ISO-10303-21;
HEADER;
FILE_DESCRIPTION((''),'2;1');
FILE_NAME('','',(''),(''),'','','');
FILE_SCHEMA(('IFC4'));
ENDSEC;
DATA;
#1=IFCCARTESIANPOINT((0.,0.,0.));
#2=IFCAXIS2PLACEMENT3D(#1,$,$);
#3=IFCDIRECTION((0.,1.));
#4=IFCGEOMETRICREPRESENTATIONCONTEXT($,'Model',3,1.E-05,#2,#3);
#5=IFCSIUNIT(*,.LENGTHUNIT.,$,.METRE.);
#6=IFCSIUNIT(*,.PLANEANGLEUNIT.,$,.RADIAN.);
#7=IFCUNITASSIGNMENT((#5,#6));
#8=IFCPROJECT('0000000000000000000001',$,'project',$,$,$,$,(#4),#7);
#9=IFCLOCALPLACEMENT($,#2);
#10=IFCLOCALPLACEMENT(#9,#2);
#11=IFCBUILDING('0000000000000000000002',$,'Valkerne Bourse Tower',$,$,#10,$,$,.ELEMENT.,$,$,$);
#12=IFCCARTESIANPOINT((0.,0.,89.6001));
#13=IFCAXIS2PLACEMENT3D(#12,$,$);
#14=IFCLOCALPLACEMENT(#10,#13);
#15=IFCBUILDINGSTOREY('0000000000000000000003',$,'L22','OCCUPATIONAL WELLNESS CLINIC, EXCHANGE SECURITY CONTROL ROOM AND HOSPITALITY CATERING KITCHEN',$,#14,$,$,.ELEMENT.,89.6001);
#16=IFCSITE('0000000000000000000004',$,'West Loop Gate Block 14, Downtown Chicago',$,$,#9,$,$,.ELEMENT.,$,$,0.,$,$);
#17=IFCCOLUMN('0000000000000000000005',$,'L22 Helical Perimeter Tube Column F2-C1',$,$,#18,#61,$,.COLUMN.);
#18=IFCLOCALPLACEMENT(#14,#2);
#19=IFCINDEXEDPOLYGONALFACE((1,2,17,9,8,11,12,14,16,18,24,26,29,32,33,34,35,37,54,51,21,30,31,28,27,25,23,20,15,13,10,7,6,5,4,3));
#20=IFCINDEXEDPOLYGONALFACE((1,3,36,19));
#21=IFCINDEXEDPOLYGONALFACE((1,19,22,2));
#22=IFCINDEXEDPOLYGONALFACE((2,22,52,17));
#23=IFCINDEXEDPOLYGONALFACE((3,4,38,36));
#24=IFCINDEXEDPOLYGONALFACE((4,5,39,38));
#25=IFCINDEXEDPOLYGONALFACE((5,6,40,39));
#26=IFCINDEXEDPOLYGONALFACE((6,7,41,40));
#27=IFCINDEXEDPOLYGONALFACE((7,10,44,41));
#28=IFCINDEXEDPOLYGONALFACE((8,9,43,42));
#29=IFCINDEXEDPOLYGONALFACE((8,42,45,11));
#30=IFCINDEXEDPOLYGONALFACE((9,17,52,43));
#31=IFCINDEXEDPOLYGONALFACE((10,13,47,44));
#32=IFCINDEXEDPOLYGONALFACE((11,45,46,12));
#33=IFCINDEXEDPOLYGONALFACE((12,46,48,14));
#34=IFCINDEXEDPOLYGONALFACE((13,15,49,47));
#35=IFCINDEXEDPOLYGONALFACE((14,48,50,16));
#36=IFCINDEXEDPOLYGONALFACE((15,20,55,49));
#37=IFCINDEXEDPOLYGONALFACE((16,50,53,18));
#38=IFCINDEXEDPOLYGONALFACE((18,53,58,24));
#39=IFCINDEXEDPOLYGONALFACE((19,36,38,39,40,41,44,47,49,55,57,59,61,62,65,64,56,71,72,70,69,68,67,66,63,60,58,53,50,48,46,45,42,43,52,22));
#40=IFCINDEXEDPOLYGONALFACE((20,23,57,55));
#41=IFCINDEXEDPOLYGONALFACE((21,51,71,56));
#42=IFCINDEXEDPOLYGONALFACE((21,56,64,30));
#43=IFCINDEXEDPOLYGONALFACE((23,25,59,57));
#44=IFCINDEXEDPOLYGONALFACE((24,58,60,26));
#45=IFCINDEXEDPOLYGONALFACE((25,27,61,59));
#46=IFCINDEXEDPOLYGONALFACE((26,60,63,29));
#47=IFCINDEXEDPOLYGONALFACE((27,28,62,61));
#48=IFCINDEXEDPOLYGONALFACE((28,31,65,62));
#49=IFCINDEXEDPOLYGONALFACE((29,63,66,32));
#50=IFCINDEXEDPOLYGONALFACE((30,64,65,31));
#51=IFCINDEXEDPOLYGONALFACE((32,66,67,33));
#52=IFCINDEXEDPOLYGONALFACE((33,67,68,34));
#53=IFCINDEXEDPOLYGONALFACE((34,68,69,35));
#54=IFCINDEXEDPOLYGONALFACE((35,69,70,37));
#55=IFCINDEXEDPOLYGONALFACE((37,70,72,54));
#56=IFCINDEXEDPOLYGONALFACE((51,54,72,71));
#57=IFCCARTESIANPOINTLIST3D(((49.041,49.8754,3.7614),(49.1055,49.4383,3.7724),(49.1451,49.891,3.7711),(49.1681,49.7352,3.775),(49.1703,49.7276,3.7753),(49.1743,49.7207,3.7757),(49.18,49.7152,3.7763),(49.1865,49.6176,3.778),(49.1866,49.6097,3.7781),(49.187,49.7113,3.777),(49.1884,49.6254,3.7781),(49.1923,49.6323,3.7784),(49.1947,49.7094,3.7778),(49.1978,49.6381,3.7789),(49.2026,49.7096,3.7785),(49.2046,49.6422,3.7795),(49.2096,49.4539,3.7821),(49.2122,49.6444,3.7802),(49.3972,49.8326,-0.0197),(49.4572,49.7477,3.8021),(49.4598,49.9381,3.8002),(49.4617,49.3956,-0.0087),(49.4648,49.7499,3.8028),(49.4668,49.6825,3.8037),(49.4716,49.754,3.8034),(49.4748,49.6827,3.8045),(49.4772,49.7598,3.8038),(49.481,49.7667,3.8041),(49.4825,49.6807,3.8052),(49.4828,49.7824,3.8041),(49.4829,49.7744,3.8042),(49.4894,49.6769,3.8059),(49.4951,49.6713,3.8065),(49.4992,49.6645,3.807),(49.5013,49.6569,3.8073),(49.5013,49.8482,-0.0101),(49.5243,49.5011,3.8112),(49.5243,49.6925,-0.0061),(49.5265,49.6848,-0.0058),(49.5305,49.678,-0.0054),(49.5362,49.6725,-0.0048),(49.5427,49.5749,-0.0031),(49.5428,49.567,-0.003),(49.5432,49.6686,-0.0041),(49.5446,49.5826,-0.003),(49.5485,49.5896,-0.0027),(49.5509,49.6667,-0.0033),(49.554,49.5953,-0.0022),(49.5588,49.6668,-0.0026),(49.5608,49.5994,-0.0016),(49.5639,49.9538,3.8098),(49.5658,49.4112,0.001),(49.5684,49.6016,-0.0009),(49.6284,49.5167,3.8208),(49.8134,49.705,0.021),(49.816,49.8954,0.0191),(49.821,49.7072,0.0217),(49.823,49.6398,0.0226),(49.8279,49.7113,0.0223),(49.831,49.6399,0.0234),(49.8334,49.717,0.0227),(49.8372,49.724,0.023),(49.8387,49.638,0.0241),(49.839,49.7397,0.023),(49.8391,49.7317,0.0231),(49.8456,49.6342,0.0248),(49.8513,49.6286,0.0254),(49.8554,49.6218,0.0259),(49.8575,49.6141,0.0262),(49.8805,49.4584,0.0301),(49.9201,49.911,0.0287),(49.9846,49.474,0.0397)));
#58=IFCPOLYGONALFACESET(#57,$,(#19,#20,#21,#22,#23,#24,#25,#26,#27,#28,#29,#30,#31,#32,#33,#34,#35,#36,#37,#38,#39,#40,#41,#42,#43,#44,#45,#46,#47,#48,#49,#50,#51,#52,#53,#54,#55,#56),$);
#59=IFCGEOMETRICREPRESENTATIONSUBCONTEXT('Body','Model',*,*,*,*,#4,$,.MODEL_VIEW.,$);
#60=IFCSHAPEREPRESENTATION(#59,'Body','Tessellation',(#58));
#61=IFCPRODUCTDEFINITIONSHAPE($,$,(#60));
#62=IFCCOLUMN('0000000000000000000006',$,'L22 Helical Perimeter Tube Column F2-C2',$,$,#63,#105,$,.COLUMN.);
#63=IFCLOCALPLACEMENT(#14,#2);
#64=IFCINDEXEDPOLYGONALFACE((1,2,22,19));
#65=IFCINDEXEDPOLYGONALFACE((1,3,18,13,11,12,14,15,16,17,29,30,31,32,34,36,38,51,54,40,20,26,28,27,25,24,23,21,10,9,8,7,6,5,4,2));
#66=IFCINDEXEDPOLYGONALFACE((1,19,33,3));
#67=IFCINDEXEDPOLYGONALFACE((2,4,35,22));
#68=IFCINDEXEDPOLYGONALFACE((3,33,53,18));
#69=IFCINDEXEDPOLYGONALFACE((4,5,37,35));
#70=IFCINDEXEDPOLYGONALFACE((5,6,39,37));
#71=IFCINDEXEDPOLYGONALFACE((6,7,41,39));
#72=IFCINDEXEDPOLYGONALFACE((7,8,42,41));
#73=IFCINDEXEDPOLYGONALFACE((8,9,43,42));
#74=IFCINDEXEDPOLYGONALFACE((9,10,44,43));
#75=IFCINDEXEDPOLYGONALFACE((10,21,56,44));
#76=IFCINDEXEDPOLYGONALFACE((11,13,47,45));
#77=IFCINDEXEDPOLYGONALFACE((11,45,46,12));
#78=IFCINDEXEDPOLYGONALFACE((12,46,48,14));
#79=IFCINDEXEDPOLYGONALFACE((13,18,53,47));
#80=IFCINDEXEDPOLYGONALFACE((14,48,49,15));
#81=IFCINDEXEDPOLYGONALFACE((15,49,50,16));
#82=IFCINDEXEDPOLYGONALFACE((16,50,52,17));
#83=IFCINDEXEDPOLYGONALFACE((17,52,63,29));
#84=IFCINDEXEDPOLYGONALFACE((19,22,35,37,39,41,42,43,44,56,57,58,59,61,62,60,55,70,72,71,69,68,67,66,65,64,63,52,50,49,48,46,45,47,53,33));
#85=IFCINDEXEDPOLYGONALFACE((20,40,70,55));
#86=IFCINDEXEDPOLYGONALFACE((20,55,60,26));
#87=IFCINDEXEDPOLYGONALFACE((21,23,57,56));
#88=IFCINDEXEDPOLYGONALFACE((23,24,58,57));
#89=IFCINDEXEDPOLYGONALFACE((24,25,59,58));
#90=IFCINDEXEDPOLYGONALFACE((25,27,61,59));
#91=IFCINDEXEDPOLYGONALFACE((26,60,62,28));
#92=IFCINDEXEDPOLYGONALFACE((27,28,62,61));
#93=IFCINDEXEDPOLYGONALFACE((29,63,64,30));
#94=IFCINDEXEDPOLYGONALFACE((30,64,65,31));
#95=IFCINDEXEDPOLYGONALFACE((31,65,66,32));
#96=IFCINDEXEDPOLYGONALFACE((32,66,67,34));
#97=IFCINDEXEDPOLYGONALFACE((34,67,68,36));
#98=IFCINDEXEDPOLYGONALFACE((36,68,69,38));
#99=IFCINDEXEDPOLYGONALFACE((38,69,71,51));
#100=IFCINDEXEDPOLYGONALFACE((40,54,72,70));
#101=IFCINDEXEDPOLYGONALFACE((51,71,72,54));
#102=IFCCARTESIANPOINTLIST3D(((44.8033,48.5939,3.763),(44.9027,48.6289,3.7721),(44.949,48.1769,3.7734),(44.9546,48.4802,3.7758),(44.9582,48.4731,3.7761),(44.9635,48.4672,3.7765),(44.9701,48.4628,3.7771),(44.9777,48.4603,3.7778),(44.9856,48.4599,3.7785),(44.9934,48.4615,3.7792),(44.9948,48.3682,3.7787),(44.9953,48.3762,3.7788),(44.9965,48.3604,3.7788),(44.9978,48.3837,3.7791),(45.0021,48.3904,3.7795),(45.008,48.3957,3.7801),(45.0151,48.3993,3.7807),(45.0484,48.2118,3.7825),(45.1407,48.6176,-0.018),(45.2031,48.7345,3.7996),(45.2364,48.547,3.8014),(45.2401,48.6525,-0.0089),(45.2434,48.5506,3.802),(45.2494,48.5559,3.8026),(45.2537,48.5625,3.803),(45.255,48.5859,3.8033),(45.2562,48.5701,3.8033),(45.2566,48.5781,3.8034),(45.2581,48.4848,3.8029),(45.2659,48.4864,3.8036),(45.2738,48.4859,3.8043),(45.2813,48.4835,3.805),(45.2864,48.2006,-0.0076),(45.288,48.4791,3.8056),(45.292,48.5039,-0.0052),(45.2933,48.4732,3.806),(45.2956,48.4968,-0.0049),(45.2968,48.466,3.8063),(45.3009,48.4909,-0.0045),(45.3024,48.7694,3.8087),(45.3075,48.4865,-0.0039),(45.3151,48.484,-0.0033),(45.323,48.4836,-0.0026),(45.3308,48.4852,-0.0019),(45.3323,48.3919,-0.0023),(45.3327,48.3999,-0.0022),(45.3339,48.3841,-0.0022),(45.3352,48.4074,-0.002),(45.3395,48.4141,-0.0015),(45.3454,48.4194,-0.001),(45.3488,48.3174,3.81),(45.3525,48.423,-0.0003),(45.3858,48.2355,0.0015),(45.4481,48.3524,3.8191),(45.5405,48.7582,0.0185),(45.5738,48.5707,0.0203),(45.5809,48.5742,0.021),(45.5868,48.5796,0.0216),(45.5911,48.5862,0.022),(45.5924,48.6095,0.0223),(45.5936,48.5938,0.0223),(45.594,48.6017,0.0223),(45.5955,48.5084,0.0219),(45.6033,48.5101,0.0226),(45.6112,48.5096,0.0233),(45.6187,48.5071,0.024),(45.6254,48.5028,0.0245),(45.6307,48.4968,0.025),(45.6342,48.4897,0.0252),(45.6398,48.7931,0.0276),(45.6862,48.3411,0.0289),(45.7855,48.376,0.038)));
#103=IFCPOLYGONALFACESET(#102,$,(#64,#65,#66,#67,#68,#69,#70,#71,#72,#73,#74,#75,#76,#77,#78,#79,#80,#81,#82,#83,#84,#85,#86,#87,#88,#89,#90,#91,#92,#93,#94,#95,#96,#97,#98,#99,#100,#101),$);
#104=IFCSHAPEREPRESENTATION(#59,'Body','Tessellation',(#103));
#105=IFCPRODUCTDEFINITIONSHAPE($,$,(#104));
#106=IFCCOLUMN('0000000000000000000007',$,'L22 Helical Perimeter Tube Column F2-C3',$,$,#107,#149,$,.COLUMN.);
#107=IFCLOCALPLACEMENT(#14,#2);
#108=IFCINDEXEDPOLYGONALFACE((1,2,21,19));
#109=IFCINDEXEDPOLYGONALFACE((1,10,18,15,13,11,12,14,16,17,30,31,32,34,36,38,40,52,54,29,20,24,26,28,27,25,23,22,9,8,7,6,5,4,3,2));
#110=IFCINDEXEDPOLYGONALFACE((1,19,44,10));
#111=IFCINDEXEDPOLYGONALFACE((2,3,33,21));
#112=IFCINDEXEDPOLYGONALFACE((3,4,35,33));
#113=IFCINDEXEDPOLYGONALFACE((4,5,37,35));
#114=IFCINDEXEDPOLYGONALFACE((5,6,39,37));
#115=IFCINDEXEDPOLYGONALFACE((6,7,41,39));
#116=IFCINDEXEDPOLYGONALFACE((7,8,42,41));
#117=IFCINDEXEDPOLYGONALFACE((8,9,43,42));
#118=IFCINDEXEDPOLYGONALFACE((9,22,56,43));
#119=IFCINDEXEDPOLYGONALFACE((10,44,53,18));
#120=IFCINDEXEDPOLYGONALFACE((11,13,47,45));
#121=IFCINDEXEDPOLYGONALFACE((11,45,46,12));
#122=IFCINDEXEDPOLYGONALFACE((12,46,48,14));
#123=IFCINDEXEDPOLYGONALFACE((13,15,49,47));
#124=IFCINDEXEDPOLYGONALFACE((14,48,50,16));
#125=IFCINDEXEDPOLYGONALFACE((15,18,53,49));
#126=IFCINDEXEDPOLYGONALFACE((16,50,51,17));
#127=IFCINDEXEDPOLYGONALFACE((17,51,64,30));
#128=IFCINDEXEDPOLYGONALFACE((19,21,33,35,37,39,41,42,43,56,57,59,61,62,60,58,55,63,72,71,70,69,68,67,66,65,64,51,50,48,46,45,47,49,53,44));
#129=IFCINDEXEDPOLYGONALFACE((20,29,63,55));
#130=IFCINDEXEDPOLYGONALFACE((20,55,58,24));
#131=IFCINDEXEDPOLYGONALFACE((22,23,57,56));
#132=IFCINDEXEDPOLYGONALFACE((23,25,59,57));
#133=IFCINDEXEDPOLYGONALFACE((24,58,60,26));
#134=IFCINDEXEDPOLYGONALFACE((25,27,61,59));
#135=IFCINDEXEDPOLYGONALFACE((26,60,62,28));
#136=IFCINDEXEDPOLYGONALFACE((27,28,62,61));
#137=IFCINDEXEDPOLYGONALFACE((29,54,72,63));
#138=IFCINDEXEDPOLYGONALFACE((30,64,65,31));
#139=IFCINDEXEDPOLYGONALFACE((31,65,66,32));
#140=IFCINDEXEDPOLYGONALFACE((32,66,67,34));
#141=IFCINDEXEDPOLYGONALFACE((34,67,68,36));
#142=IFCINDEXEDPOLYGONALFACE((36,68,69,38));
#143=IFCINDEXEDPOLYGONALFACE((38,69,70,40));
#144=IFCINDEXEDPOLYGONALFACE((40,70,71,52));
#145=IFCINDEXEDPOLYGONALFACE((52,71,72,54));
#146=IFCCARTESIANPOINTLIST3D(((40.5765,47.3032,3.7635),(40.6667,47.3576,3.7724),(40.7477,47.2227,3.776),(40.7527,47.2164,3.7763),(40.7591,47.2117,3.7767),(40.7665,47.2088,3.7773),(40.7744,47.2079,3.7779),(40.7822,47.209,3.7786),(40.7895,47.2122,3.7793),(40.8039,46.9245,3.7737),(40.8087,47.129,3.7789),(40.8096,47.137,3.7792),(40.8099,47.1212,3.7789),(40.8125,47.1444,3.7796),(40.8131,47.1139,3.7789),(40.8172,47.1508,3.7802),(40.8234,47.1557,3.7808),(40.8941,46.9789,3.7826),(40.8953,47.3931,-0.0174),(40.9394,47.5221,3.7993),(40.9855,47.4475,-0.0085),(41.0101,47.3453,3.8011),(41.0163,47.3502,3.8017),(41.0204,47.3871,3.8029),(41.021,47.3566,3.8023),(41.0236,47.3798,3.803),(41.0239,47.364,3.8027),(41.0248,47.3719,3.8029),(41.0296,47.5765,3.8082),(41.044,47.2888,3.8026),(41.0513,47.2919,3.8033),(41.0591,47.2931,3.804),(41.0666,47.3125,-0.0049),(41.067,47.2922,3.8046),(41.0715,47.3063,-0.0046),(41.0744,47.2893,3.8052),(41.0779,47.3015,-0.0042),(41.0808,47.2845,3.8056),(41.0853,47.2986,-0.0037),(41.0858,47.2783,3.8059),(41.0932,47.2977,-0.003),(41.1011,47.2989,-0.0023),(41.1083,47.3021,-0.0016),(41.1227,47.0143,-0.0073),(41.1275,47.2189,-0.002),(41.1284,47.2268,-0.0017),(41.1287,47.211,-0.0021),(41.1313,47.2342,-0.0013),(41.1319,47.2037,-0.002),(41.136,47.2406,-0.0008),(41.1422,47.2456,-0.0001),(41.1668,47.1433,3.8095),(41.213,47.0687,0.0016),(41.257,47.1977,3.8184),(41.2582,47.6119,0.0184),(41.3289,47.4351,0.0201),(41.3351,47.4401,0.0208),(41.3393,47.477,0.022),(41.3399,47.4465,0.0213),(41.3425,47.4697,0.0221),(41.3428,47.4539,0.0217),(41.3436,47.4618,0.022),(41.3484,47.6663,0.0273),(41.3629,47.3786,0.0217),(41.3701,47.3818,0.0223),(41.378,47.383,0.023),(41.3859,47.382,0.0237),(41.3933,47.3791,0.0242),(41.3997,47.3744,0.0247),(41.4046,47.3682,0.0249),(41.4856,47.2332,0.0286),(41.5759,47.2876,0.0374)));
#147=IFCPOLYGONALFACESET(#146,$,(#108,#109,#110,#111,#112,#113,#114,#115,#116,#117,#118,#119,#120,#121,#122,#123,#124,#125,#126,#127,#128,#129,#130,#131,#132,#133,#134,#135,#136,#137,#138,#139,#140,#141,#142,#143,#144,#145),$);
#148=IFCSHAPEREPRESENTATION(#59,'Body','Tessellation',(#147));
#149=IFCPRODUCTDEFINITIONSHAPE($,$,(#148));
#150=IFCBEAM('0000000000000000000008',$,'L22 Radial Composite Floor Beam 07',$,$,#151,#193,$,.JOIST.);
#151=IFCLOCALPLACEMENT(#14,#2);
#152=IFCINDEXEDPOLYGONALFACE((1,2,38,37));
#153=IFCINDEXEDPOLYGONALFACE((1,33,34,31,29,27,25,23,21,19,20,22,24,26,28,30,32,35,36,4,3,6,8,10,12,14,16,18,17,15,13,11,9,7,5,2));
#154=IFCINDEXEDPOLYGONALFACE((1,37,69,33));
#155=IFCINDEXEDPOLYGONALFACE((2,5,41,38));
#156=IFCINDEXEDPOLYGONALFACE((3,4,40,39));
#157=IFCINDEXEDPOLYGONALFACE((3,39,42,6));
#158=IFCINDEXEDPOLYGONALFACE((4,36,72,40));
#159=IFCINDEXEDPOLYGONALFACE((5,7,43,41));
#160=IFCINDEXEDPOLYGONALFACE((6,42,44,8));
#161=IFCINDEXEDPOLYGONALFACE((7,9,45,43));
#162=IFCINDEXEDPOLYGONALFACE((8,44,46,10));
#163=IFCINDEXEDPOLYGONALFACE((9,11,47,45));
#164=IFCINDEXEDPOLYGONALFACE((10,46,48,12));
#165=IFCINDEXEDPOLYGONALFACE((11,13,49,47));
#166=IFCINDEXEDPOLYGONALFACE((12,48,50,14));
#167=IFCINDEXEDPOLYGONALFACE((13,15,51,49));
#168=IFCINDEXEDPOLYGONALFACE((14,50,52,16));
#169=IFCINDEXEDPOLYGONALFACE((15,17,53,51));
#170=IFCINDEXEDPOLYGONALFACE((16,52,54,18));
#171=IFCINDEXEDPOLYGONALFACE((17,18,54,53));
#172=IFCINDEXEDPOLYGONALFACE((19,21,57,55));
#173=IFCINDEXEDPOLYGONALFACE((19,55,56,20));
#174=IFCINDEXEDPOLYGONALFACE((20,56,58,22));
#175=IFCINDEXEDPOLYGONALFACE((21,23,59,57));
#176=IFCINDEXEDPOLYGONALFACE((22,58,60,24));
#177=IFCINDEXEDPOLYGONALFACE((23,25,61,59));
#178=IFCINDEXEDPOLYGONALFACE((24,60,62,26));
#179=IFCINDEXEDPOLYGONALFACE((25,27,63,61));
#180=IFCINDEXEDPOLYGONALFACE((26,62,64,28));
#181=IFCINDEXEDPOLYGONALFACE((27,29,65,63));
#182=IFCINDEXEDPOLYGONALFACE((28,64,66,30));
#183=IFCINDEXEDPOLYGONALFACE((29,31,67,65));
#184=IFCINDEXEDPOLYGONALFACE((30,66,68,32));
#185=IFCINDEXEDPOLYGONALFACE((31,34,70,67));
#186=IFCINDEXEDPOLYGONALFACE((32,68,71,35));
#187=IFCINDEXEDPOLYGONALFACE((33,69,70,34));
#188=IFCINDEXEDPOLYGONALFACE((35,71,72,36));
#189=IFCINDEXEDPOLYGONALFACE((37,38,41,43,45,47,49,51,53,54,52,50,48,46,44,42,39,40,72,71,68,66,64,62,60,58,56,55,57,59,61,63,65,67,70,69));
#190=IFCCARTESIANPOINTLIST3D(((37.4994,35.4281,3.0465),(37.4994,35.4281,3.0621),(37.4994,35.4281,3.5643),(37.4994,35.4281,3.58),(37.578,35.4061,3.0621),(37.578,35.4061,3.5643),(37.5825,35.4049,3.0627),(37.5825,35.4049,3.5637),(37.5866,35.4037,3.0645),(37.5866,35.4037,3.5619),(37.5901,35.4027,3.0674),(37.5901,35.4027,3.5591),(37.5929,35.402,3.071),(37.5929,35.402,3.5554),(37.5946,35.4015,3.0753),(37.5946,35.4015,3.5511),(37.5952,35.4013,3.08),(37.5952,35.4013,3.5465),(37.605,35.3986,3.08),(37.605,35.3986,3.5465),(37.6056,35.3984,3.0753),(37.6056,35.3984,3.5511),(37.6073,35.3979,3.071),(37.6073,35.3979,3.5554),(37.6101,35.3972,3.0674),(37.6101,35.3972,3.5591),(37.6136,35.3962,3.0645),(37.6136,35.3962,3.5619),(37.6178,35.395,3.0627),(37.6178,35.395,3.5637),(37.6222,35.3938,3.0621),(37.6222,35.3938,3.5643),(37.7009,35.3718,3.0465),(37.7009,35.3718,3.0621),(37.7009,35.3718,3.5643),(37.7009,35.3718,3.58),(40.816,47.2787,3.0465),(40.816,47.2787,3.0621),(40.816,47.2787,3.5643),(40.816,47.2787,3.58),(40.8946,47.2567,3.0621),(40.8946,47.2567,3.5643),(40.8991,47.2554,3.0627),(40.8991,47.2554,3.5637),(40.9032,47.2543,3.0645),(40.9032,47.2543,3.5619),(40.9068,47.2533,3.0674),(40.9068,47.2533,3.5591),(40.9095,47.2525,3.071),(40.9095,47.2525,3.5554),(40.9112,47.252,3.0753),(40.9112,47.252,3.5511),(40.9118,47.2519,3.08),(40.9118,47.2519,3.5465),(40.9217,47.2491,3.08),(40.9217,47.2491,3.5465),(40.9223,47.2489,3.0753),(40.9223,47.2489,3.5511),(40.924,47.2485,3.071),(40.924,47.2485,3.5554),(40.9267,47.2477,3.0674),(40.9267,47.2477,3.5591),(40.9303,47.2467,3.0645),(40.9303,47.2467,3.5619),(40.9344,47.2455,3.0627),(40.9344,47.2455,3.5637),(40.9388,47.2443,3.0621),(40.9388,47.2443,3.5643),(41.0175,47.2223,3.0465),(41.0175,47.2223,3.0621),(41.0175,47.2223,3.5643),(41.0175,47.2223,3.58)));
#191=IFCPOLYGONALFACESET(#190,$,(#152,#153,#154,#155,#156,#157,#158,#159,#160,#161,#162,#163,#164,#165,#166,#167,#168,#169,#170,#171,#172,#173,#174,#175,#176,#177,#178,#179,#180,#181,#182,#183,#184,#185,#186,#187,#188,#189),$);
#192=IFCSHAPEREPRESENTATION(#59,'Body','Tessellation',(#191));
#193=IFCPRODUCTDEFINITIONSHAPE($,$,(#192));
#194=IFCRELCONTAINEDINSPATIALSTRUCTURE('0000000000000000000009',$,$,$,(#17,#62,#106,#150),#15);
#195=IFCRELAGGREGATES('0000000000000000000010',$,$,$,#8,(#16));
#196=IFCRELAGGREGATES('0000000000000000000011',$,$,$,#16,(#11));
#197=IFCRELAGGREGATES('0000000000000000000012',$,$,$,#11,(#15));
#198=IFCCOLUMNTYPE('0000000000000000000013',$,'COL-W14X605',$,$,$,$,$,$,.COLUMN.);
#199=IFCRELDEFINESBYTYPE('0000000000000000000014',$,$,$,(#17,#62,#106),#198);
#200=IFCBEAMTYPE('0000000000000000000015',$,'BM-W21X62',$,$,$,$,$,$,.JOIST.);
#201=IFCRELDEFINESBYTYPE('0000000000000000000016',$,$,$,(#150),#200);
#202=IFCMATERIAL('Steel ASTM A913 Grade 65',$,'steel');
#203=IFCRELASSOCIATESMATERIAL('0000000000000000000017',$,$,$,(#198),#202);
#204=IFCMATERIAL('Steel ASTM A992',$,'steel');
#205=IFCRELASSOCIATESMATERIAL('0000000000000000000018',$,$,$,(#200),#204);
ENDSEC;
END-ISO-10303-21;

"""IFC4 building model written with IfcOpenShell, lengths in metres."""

from ifc_helpers import new_model, si_unit, direction, frame, origin, origin_2d, place, context, subcontext, project, spatial, i_section, extrude, material, material_profile, profile_set, type_object, element, save


model = new_model("IFC4")

# Units and contexts
model_context = context("Model", 3, precision=1e-05, world=origin(), true_north=direction((0.0, 1.0)))
body_context = subcontext(model_context, "Body", "Model", "MODEL_VIEW")
ifc_project = project(units=[si_unit("LENGTHUNIT", "METRE"), si_unit("PLANEANGLEUNIT", "RADIAN")], contexts=[model_context])

# Site, building, storey
site_placement = place(None, origin())
site = spatial("IfcSite", under=ifc_project, at=site_placement, Name="West Loop Gate Block 14, Downtown Chicago", CompositionType="ELEMENT", RefElevation=0.0)
building_placement = place(site_placement, origin())
building = spatial("IfcBuilding", under=site, at=building_placement, Name="Valkerne Bourse Tower", CompositionType="ELEMENT")
storey_placement = place(building_placement, frame((0.0, 0.0, 89.6001)))
storey = spatial("IfcBuildingStorey", under=building, at=storey_placement, Name="L22", Description="OCCUPATIONAL WELLNESS CLINIC, EXCHANGE SECURITY CONTROL ROOM AND HOSPITALITY CATERING KITCHEN", CompositionType="ELEMENT", Elevation=89.6001)

# Columns
ifc_material_1 = material(Name="Steel ASTM A913 Grade 65", Category="steel")
ifc_material_profile_1 = material_profile(ifc_material_1, i_section(OverallWidth=0.4419, OverallDepth=0.531, WebThickness=0.0659, FlangeThickness=0.1057, FilletRadius=0.0305, at=origin_2d()), Name="W14X605")
ifc_profile_set_1 = profile_set([ifc_material_profile_1], Name="Steel ASTM A913 Grade 65")
column_type = type_object("IfcColumnType", Name="COL-W14X605", PredefinedType="COLUMN", material=ifc_profile_set_1)
column_1_placement = place(storey_placement, frame((49.6909, 49.6533, 0.01), z_axis=(-0.093787, 0.011249, 0.995529), x_axis=(-0.145953, 0.988977, -0.024925)))
element("IfcColumn", 1, at=column_1_placement, inside=storey, type_object=column_type, Name="L22 Helical Perimeter Tube Column F2-C1", PredefinedType="COLUMN", context=body_context, shape_type="SweptSolid", body=[
    extrude(i_section(OverallWidth=0.4419, OverallDepth=0.531, WebThickness=0.0659, FlangeThickness=0.1057, FilletRadius=0.0305, at=origin_2d()), origin(), (0.0, 0.0, 1.0), 3.7981),
])
column_2_placement = place(storey_placement, frame((45.4631, 48.4968, 0.01), z_axis=(-0.088881, -0.006238, 0.996023), x_axis=(-0.329713, 0.943788, -0.023511)))
element("IfcColumn", 2, at=column_2_placement, inside=storey, type_object=column_type, Name="L22 Helical Perimeter Tube Column F2-C2", PredefinedType="COLUMN", context=body_context, shape_type="SweptSolid", body=[
    extrude(i_section(OverallWidth=0.4419, OverallDepth=0.531, WebThickness=0.0659, FlangeThickness=0.1057, FilletRadius=0.0305, at=origin_2d()), origin(), (0.0, 0.0, 1.0), 3.7961),
])
column_3_placement = place(storey_placement, frame((41.2356, 47.3403, 0.01), z_axis=(-0.084007, -0.023671, 0.996184), x_axis=(-0.514616, 0.857111, -0.02303)))
element("IfcColumn", 3, at=column_3_placement, inside=storey, type_object=column_type, Name="L22 Helical Perimeter Tube Column F2-C3", PredefinedType="COLUMN", context=body_context, shape_type="SweptSolid", body=[
    extrude(i_section(OverallWidth=0.4419, OverallDepth=0.531, WebThickness=0.0659, FlangeThickness=0.1057, FilletRadius=0.0305, at=origin_2d()), origin(), (0.0, 0.0, 1.0), 3.7954),
])

# Beam
ifc_material_2 = material(Name="Steel ASTM A992", Category="steel")
ifc_material_profile_2 = material_profile(ifc_material_2, i_section(OverallWidth=0.2092, OverallDepth=0.5334, WebThickness=0.0103, FlangeThickness=0.0156, FilletRadius=0.0178, at=origin_2d()), Name="W21X62")
ifc_profile_set_2 = profile_set([ifc_material_profile_2], Name="Steel ASTM A992")
beam_type_1 = type_object("IfcBeamType", Name="BM-W21X62", PredefinedType="JOIST", material=ifc_profile_set_2)
beam_1_placement = place(storey_placement, frame((40.9167, 47.2505, 3.3132), z_axis=(-0.269516, -0.962996, 0.0), x_axis=(0.962996, -0.269516, 0.0)))
element("IfcBeam", 4, at=beam_1_placement, inside=storey, type_object=beam_type_1, Name="L22 Radial Composite Floor Beam 07", PredefinedType="JOIST", context=body_context, shape_type="SweptSolid", body=[
    extrude(i_section(OverallWidth=0.2092, OverallDepth=0.5334, WebThickness=0.0103, FlangeThickness=0.0156, FilletRadius=0.0178, at=origin_2d()), origin(), (0.0, 0.0, 1.0), 12.3059),
])

save(model, "model.ifc")
